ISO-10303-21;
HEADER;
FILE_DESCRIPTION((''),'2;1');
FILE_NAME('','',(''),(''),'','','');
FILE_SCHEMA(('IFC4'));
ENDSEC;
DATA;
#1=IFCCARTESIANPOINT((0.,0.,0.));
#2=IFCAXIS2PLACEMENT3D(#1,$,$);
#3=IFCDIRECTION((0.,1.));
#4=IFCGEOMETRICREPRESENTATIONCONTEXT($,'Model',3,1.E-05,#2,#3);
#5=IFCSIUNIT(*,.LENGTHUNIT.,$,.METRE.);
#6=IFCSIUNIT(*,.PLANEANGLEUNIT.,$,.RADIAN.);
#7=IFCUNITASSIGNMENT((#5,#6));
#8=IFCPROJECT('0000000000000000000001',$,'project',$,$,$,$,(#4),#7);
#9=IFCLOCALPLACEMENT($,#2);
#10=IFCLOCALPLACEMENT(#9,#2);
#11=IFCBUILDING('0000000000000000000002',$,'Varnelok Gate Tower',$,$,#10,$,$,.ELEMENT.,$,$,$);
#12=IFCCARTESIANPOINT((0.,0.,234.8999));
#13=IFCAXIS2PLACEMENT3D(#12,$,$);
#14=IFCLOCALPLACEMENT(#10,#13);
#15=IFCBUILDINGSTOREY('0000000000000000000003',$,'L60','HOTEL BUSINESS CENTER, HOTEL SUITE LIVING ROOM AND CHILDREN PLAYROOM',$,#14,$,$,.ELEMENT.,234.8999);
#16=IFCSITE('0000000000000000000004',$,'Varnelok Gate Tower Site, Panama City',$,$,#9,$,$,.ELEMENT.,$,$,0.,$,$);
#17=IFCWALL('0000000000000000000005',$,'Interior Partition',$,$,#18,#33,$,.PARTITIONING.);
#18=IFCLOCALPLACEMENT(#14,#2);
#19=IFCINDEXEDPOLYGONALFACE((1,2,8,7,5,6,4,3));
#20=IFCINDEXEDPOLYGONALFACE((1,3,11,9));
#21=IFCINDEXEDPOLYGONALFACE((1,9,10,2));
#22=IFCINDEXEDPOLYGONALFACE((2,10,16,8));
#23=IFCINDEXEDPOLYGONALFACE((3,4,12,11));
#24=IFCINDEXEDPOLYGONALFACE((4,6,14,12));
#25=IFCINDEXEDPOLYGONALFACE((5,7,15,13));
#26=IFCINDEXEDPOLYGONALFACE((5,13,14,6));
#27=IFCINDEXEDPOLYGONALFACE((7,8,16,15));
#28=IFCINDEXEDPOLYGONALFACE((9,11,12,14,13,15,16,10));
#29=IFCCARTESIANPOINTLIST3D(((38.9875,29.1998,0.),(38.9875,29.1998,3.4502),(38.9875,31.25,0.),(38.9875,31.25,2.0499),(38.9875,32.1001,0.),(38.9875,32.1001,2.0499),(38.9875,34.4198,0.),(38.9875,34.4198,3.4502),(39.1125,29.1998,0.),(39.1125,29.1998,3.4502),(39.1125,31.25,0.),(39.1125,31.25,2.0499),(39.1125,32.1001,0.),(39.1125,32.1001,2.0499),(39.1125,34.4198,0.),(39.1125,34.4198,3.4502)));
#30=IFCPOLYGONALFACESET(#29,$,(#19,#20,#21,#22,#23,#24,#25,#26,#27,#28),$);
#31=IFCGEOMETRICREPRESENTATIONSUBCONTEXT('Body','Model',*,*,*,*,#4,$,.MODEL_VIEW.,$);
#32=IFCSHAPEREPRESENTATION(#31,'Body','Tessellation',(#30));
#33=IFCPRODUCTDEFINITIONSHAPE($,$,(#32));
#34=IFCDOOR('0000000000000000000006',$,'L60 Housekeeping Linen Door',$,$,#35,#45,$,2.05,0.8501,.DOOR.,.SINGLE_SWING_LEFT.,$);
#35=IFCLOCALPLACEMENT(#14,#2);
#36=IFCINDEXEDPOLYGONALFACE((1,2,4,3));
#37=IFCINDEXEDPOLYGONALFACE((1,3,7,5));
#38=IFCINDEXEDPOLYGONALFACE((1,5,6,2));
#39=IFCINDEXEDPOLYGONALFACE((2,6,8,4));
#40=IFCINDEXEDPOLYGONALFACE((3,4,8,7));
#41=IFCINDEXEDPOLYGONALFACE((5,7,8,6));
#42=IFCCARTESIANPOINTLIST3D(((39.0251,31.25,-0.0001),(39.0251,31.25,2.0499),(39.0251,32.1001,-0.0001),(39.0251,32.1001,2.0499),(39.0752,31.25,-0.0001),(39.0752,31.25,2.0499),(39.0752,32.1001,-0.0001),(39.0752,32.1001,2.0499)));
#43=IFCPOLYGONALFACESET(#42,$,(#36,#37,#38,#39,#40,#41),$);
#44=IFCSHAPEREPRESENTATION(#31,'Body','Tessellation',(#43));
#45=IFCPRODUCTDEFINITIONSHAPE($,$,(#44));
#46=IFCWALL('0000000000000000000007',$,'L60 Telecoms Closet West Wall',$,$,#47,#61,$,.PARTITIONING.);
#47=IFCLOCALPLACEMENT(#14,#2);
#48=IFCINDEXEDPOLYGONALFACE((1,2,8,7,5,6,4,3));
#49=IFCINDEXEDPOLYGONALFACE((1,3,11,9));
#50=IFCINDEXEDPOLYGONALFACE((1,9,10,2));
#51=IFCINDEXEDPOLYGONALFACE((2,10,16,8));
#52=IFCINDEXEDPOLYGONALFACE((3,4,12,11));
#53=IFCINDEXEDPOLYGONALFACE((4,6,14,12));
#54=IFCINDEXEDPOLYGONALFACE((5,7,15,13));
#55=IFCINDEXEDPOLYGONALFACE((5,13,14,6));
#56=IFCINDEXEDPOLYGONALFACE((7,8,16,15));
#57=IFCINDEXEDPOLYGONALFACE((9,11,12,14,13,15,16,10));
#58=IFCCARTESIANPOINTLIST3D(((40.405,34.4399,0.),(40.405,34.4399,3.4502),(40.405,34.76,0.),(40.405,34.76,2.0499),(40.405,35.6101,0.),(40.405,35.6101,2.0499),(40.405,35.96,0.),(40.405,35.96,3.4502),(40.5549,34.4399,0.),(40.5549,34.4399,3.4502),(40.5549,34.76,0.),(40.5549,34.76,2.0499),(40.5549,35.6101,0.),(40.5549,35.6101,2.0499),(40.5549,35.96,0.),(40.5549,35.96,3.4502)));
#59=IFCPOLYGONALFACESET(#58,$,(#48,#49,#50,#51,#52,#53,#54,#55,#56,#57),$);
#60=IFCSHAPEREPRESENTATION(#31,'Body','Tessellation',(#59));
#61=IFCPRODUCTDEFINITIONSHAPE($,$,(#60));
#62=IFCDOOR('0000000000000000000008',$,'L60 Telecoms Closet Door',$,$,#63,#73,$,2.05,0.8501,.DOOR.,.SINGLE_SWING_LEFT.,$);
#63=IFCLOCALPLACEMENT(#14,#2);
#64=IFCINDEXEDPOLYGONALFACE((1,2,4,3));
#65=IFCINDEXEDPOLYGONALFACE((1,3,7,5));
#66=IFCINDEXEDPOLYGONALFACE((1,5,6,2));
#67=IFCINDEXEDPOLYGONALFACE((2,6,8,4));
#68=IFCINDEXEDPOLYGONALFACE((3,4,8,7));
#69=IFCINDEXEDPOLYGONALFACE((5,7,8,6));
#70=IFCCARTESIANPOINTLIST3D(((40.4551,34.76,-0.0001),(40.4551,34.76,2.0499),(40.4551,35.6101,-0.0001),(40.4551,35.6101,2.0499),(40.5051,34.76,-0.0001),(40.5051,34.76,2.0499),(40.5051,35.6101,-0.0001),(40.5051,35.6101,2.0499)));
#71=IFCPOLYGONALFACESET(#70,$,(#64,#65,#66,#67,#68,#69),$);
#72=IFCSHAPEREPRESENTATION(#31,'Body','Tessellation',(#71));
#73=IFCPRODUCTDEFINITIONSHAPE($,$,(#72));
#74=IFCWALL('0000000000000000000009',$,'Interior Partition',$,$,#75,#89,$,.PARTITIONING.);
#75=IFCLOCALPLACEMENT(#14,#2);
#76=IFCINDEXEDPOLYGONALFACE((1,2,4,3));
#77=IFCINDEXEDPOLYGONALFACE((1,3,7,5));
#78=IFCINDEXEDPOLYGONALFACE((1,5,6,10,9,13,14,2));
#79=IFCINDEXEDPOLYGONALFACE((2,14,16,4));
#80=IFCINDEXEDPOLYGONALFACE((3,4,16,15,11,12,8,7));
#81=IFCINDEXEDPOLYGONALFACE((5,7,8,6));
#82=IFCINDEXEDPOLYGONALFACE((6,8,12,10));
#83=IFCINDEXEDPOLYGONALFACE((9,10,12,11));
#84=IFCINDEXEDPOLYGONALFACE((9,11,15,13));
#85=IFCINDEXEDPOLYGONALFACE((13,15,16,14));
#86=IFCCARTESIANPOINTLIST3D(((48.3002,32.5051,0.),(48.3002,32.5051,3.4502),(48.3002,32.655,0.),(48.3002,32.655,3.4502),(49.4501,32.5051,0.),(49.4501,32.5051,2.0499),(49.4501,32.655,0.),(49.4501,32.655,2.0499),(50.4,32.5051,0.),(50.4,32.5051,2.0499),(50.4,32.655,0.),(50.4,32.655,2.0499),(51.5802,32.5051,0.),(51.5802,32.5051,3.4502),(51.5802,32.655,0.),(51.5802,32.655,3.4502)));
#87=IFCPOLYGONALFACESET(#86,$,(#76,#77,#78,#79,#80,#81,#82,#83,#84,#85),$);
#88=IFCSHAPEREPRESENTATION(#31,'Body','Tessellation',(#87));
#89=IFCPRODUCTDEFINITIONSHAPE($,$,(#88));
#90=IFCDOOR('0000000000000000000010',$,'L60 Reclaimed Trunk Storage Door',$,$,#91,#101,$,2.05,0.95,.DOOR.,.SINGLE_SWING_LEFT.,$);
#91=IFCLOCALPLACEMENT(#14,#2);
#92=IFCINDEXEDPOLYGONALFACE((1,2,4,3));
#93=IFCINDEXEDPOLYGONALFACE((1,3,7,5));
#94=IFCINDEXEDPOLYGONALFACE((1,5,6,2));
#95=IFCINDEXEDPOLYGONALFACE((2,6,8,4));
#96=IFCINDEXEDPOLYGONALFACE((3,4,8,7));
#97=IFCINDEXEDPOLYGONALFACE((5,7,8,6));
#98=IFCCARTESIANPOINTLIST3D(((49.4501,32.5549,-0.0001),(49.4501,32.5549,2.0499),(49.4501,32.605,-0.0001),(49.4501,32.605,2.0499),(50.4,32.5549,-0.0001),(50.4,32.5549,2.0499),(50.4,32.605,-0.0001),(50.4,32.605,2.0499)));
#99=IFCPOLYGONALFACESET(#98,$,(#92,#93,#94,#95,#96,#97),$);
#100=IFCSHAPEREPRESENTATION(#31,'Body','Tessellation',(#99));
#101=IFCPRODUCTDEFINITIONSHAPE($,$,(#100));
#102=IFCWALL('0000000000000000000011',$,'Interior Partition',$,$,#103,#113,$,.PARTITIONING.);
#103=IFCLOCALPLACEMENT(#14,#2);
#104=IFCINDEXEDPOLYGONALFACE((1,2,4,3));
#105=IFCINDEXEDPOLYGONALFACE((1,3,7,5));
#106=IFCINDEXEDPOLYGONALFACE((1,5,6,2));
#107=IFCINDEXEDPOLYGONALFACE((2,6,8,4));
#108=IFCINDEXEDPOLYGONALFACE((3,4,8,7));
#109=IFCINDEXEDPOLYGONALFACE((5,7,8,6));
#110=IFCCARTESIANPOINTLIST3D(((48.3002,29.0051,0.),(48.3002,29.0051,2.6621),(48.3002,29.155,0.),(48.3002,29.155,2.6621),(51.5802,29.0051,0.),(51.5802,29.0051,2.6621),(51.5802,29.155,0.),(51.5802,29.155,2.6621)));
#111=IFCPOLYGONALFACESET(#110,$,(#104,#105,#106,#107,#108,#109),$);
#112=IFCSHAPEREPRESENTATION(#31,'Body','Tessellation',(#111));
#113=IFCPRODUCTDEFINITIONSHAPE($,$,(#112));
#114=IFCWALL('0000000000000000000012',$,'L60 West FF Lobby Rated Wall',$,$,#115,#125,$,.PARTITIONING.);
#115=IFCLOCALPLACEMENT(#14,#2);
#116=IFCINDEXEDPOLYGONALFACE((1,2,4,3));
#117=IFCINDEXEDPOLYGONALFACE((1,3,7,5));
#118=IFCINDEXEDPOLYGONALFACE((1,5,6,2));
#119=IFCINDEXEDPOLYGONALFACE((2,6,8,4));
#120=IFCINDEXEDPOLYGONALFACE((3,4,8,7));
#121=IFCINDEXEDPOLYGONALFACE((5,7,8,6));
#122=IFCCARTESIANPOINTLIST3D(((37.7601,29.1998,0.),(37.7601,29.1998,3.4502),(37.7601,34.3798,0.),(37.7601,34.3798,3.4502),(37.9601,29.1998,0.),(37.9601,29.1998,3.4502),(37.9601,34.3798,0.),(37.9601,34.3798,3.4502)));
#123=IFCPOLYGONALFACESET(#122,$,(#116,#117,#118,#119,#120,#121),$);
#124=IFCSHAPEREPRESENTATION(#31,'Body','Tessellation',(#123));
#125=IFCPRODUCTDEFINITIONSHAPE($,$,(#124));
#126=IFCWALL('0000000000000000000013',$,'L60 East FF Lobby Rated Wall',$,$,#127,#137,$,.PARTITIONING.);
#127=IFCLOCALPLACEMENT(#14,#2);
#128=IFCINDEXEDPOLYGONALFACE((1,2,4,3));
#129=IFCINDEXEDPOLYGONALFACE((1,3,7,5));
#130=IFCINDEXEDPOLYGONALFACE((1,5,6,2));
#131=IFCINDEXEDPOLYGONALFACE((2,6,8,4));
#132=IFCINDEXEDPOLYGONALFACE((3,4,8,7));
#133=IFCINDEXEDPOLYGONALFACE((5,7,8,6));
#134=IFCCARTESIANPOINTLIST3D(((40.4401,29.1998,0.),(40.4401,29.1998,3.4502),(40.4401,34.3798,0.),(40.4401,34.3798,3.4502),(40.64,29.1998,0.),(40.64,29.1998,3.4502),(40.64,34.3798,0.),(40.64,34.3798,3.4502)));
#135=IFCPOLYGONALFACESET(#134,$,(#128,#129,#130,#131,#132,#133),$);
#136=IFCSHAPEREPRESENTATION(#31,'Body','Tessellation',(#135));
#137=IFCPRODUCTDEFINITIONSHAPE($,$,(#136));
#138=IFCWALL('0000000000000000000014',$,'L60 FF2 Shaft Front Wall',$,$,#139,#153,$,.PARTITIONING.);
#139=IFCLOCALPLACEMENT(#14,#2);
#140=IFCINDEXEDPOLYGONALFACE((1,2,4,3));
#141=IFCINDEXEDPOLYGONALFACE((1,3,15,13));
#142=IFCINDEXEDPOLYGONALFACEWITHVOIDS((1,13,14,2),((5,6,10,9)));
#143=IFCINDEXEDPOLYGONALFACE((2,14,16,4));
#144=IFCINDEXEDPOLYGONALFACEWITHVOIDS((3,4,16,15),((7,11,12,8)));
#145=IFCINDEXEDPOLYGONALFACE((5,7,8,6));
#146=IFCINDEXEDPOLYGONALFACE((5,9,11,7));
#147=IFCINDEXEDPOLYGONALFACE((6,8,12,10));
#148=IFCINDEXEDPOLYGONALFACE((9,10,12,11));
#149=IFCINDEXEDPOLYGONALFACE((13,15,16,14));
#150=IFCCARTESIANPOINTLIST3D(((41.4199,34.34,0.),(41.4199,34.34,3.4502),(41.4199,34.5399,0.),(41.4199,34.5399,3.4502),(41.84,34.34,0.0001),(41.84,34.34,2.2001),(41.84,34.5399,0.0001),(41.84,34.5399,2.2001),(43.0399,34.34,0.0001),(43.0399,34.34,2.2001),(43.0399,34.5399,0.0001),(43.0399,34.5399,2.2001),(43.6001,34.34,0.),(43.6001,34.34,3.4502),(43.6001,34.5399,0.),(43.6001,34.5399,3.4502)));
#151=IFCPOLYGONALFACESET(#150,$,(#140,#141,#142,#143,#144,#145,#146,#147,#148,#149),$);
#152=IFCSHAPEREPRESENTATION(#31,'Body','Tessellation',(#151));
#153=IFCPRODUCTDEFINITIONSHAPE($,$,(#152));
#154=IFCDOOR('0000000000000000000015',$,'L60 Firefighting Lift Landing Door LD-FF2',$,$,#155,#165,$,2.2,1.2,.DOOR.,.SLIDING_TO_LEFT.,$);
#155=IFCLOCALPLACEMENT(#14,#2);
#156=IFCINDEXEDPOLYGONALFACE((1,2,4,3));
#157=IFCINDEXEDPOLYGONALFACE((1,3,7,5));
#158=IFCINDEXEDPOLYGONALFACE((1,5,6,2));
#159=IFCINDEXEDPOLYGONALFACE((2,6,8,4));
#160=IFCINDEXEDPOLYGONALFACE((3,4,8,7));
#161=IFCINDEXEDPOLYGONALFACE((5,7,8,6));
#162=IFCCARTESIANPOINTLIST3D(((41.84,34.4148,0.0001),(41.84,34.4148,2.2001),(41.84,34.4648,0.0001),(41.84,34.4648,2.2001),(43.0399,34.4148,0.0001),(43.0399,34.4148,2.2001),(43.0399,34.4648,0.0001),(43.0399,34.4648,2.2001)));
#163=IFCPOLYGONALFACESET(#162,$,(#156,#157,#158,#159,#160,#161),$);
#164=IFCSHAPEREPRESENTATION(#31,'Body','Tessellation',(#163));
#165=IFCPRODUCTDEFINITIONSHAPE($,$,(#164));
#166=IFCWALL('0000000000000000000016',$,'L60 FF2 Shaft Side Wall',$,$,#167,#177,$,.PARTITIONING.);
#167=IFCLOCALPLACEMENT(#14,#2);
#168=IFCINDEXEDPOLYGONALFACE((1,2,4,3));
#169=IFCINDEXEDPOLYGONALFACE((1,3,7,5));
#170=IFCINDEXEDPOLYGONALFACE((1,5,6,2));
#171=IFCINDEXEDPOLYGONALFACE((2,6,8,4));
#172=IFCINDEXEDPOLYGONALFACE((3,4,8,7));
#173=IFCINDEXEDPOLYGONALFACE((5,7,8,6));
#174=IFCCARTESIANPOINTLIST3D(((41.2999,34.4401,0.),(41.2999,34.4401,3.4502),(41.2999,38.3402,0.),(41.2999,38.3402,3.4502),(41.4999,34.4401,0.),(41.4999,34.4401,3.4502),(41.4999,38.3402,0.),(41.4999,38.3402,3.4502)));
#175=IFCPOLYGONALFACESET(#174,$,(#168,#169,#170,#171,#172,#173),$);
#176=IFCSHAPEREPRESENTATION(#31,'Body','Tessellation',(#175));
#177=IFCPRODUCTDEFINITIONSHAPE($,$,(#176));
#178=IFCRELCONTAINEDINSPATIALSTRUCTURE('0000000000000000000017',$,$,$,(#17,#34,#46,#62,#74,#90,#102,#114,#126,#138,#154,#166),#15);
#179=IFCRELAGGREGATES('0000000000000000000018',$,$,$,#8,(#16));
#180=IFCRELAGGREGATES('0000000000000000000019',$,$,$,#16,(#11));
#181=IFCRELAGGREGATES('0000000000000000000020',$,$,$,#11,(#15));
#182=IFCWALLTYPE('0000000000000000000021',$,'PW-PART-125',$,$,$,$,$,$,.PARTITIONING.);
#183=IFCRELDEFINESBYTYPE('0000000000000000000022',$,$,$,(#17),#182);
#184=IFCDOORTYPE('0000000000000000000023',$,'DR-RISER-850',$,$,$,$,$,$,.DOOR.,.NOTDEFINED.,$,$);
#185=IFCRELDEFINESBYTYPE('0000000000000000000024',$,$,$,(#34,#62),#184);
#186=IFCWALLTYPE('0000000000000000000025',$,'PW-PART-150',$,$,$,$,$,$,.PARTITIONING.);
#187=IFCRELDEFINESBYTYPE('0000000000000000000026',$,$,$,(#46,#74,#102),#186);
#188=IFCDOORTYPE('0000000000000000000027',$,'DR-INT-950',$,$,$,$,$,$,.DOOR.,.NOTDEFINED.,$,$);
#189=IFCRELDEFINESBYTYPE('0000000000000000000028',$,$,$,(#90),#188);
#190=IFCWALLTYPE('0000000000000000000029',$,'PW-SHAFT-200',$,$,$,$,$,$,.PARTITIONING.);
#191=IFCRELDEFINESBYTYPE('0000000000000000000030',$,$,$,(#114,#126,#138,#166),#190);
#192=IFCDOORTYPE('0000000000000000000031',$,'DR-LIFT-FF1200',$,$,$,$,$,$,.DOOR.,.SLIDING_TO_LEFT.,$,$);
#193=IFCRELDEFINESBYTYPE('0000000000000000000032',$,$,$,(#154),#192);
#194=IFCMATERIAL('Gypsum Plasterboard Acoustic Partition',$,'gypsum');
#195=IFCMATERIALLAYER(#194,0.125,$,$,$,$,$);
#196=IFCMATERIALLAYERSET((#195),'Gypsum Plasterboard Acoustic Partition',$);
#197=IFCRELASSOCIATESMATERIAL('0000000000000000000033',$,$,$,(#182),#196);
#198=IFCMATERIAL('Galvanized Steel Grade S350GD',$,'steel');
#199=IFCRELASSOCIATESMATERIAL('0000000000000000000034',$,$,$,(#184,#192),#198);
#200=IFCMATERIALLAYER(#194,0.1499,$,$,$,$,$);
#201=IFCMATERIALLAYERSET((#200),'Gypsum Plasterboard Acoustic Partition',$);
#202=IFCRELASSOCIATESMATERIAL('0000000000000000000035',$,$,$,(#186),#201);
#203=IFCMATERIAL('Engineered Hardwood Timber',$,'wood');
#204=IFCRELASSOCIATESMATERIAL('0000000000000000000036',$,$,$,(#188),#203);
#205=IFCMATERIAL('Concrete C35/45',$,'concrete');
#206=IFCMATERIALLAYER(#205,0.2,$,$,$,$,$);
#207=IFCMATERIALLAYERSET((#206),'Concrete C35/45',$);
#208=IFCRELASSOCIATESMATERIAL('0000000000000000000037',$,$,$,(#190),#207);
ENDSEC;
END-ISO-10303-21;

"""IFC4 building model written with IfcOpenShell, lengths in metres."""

from ifc_helpers import new_model, si_unit, direction, frame, frame_2d, origin, place, context, subcontext, project, spatial, rectangle, extrude, material, layer, layer_set, type_object, element, fill, save


model = new_model("IFC4")

# Units and contexts
model_context = context("Model", 3, precision=1e-05, world=origin(), true_north=direction((0.0, 1.0)))
body_context = subcontext(model_context, "Body", "Model", "MODEL_VIEW")
ifc_project = project(units=[si_unit("LENGTHUNIT", "METRE"), si_unit("PLANEANGLEUNIT", "RADIAN")], contexts=[model_context])

# Site, building, storey
site_placement = place(None, origin())
site = spatial("IfcSite", under=ifc_project, at=site_placement, Name="Varnelok Gate Tower Site, Panama City", CompositionType="ELEMENT", RefElevation=0.0)
building_placement = place(site_placement, origin())
building = spatial("IfcBuilding", under=site, at=building_placement, Name="Varnelok Gate Tower", CompositionType="ELEMENT")
storey_placement = place(building_placement, frame((0.0, 0.0, 234.8999)))
storey = spatial("IfcBuildingStorey", under=building, at=storey_placement, Name="L60", Description="HOTEL BUSINESS CENTER, HOTEL SUITE LIVING ROOM AND CHILDREN PLAYROOM", CompositionType="ELEMENT", Elevation=234.8999)

# Walls, openings, doors
ifc_material_1 = material(Name="Gypsum Plasterboard Acoustic Partition", Category="gypsum")
ifc_layer_1 = layer(ifc_material_1, 0.125)
ifc_layer_set_1 = layer_set([ifc_layer_1], Name="Gypsum Plasterboard Acoustic Partition")
wall_type_1 = type_object("IfcWallType", Name="PW-PART-125", PredefinedType="PARTITIONING", material=ifc_layer_set_1)
wall_1_placement = place(storey_placement, frame((39.05, 29.2, 0.0), z_axis=(0.0, 0.0, 1.0), x_axis=(0.0, 1.0, 0.0)))
wall_1 = element("IfcWall", 1, at=wall_1_placement, inside=storey, type_object=wall_type_1, Name="Interior Partition", PredefinedType="PARTITIONING", context=body_context, shape_type="SweptSolid", body=[
    extrude(rectangle(XDim=5.22, YDim=0.125, at=frame_2d((2.6099, 0.0))), origin(), (0.0, 0.0, 1.0), 3.4502),
])
opening_1_placement = place(wall_1_placement, frame((2.05, 0.0, 0.0)))
opening_1 = element("IfcOpeningElement", 2, at=opening_1_placement, cuts=wall_1, PredefinedType="OPENING", context=body_context, shape_type="SweptSolid", body=[
    extrude(rectangle(XDim=0.8501, YDim=2.05, at=frame_2d((0.425, 1.0249))), frame((0.0, 0.0725, 0.0), z_axis=(0.0, -1.0, 0.0), x_axis=(1.0, 0.0, 0.0)), (0.0, 0.0, 1.0), 0.145),
])
ifc_material_2 = material(Name="Galvanized Steel Grade S350GD", Category="steel")
door_type_1 = type_object("IfcDoorType", Name="DR-RISER-850", OperationType="NOTDEFINED", PredefinedType="DOOR", material=ifc_material_2)
door_1_placement = place(opening_1_placement, origin())
door_1 = element("IfcDoor", 3, at=door_1_placement, inside=storey, type_object=door_type_1, Name="L60 Housekeeping Linen Door", OperationType="SINGLE_SWING_LEFT", OverallHeight=2.05, OverallWidth=0.8501, PredefinedType="DOOR", context=body_context, shape_type="SweptSolid", body=[
    extrude(rectangle(XDim=0.8501, YDim=2.05, at=frame_2d((0.425, 1.0249))), frame((0.0, 0.0249, 0.0), z_axis=(0.0, -1.0, 0.0), x_axis=(1.0, 0.0, 0.0)), (0.0, 0.0, 1.0), 0.05),
])
fill(opening_1, door_1)
ifc_layer_2 = layer(ifc_material_1, 0.1499)
ifc_layer_set_2 = layer_set([ifc_layer_2], Name="Gypsum Plasterboard Acoustic Partition")
wall_type_2 = type_object("IfcWallType", Name="PW-PART-150", PredefinedType="PARTITIONING", material=ifc_layer_set_2)
wall_2_placement = place(storey_placement, frame((40.48, 34.4399, 0.0), z_axis=(0.0, 0.0, 1.0), x_axis=(0.0, 1.0, 0.0)))
wall_2 = element("IfcWall", 4, at=wall_2_placement, inside=storey, type_object=wall_type_2, Name="L60 Telecoms Closet West Wall", PredefinedType="PARTITIONING", context=body_context, shape_type="SweptSolid", body=[
    extrude(rectangle(XDim=1.52, YDim=0.1499, at=frame_2d((0.76, 0.0))), origin(), (0.0, 0.0, 1.0), 3.4502),
])
opening_2_placement = place(wall_2_placement, frame((0.3201, 0.0, 0.0)))
opening_2 = element("IfcOpeningElement", 5, at=opening_2_placement, cuts=wall_2, PredefinedType="OPENING", context=body_context, shape_type="SweptSolid", body=[
    extrude(rectangle(XDim=0.8501, YDim=2.05, at=frame_2d((0.425, 1.0249))), frame((0.0, 0.085, 0.0), z_axis=(0.0, -1.0, 0.0), x_axis=(1.0, 0.0, 0.0)), (0.0, 0.0, 1.0), 0.1699),
])
door_2_placement = place(opening_2_placement, origin())
door_2 = element("IfcDoor", 6, at=door_2_placement, inside=storey, type_object=door_type_1, Name="L60 Telecoms Closet Door", OperationType="SINGLE_SWING_LEFT", OverallHeight=2.05, OverallWidth=0.8501, PredefinedType="DOOR", context=body_context, shape_type="SweptSolid", body=[
    extrude(rectangle(XDim=0.8501, YDim=2.05, at=frame_2d((0.425, 1.0249))), frame((0.0, 0.0249, 0.0), z_axis=(0.0, -1.0, 0.0), x_axis=(1.0, 0.0, 0.0)), (0.0, 0.0, 1.0), 0.05),
])
fill(opening_2, door_2)
wall_3_placement = place(storey_placement, frame((48.3, 32.5801, 0.0), z_axis=(0.0, 0.0, 1.0), x_axis=(1.0, 0.0, 0.0)))
wall_3 = element("IfcWall", 7, at=wall_3_placement, inside=storey, type_object=wall_type_2, Name="Interior Partition", PredefinedType="PARTITIONING", context=body_context, shape_type="SweptSolid", body=[
    extrude(rectangle(XDim=3.28, YDim=0.1499, at=frame_2d((1.6401, 0.0))), origin(), (0.0, 0.0, 1.0), 3.4502),
])
opening_3_placement = place(wall_3_placement, frame((1.1499, 0.0, 0.0)))
opening_3 = element("IfcOpeningElement", 8, at=opening_3_placement, cuts=wall_3, PredefinedType="OPENING", context=body_context, shape_type="SweptSolid", body=[
    extrude(rectangle(XDim=0.95, YDim=2.05, at=frame_2d((0.4751, 1.0249))), frame((0.0, 0.085, 0.0), z_axis=(0.0, -1.0, 0.0), x_axis=(1.0, 0.0, 0.0)), (0.0, 0.0, 1.0), 0.1699),
])
ifc_material_3 = material(Name="Engineered Hardwood Timber", Category="wood")
door_type_2 = type_object("IfcDoorType", Name="DR-INT-950", OperationType="NOTDEFINED", PredefinedType="DOOR", material=ifc_material_3)
door_3_placement = place(opening_3_placement, origin())
door_3 = element("IfcDoor", 9, at=door_3_placement, inside=storey, type_object=door_type_2, Name="L60 Reclaimed Trunk Storage Door", OperationType="SINGLE_SWING_LEFT", OverallHeight=2.05, OverallWidth=0.95, PredefinedType="DOOR", context=body_context, shape_type="SweptSolid", body=[
    extrude(rectangle(XDim=0.95, YDim=2.05, at=frame_2d((0.4751, 1.0249))), frame((0.0, 0.0249, 0.0), z_axis=(0.0, -1.0, 0.0), x_axis=(1.0, 0.0, 0.0)), (0.0, 0.0, 1.0), 0.05),
])
fill(opening_3, door_3)

# Walls
wall_4_placement = place(storey_placement, frame((48.3, 29.0801, 0.0), z_axis=(0.0, 0.0, 1.0), x_axis=(1.0, 0.0, 0.0)))
element("IfcWall", 10, at=wall_4_placement, inside=storey, type_object=wall_type_2, Name="Interior Partition", PredefinedType="PARTITIONING", context=body_context, shape_type="SweptSolid", body=[
    extrude(rectangle(XDim=3.28, YDim=0.1499, at=frame_2d((1.6401, 0.0))), origin(), (0.0, 0.0, 1.0), 2.6621),
])
ifc_material_4 = material(Name="Concrete C35/45", Category="concrete")
ifc_layer_3 = layer(ifc_material_4, 0.2)
ifc_layer_set_3 = layer_set([ifc_layer_3], Name="Concrete C35/45")
wall_type_3 = type_object("IfcWallType", Name="PW-SHAFT-200", PredefinedType="PARTITIONING", material=ifc_layer_set_3)
for number, where, z_axis, x_axis, name in (
    (11, (37.8601, 29.2, 0.0), (0.0, 0.0, 1.0), (0.0, 1.0, 0.0), "L60 West FF Lobby Rated Wall"),
    (12, (40.54, 29.2, 0.0), (0.0, 0.0, 1.0), (0.0, 1.0, 0.0), "L60 East FF Lobby Rated Wall"),
):
    element("IfcWall", number, at=place(storey_placement, frame(where, z_axis=z_axis, x_axis=x_axis)), inside=storey, type_object=wall_type_3, Name=name, PredefinedType="PARTITIONING", context=body_context, shape_type="SweptSolid", body=[
        extrude(rectangle(XDim=5.1799, YDim=0.2, at=frame_2d((2.5898, 0.0))), origin(), (0.0, 0.0, 1.0), 3.4502),
    ])

# Wall, opening, door
wall_5_placement = place(storey_placement, frame((41.4199, 34.4399, 0.0), z_axis=(0.0, 0.0, 1.0), x_axis=(1.0, 0.0, 0.0)))
wall_5 = element("IfcWall", 13, at=wall_5_placement, inside=storey, type_object=wall_type_3, Name="L60 FF2 Shaft Front Wall", PredefinedType="PARTITIONING", context=body_context, shape_type="SweptSolid", body=[
    extrude(rectangle(XDim=2.1802, YDim=0.2, at=frame_2d((1.0901, 0.0))), origin(), (0.0, 0.0, 1.0), 3.4502),
])
opening_4_placement = place(wall_5_placement, frame((0.4199, 0.0, 0.0)))
opening_4 = element("IfcOpeningElement", 14, at=opening_4_placement, cuts=wall_5, PredefinedType="OPENING", context=body_context, shape_type="SweptSolid", body=[
    extrude(rectangle(XDim=1.2, YDim=2.2, at=frame_2d((0.6001, 1.1001))), frame((0.0, 0.1099, 0.0), z_axis=(0.0, -1.0, 0.0), x_axis=(1.0, 0.0, 0.0)), (0.0, 0.0, 1.0), 0.22),
])
door_type_3 = type_object("IfcDoorType", Name="DR-LIFT-FF1200", OperationType="SLIDING_TO_LEFT", PredefinedType="DOOR", material=ifc_material_2)
door_4_placement = place(opening_4_placement, origin())
door_4 = element("IfcDoor", 15, at=door_4_placement, inside=storey, type_object=door_type_3, Name="L60 Firefighting Lift Landing Door LD-FF2", OperationType="SLIDING_TO_LEFT", OverallHeight=2.2, OverallWidth=1.2, PredefinedType="DOOR", context=body_context, shape_type="SweptSolid", body=[
    extrude(rectangle(XDim=1.2, YDim=2.2, at=frame_2d((0.6001, 1.1001))), frame((0.0, 0.0249, 0.0), z_axis=(0.0, -1.0, 0.0), x_axis=(1.0, 0.0, 0.0)), (0.0, 0.0, 1.0), 0.05),
])
fill(opening_4, door_4)

# Wall
wall_6_placement = place(storey_placement, frame((41.3999, 34.4399, 0.0), z_axis=(0.0, 0.0, 1.0), x_axis=(0.0, 1.0, 0.0)))
element("IfcWall", 16, at=wall_6_placement, inside=storey, type_object=wall_type_3, Name="L60 FF2 Shaft Side Wall", PredefinedType="PARTITIONING", context=body_context, shape_type="SweptSolid", body=[
    extrude(rectangle(XDim=3.9001, YDim=0.2, at=frame_2d((1.9502, 0.0))), origin(), (0.0, 0.0, 1.0), 3.4502),
])

save(model, "model.ifc")
